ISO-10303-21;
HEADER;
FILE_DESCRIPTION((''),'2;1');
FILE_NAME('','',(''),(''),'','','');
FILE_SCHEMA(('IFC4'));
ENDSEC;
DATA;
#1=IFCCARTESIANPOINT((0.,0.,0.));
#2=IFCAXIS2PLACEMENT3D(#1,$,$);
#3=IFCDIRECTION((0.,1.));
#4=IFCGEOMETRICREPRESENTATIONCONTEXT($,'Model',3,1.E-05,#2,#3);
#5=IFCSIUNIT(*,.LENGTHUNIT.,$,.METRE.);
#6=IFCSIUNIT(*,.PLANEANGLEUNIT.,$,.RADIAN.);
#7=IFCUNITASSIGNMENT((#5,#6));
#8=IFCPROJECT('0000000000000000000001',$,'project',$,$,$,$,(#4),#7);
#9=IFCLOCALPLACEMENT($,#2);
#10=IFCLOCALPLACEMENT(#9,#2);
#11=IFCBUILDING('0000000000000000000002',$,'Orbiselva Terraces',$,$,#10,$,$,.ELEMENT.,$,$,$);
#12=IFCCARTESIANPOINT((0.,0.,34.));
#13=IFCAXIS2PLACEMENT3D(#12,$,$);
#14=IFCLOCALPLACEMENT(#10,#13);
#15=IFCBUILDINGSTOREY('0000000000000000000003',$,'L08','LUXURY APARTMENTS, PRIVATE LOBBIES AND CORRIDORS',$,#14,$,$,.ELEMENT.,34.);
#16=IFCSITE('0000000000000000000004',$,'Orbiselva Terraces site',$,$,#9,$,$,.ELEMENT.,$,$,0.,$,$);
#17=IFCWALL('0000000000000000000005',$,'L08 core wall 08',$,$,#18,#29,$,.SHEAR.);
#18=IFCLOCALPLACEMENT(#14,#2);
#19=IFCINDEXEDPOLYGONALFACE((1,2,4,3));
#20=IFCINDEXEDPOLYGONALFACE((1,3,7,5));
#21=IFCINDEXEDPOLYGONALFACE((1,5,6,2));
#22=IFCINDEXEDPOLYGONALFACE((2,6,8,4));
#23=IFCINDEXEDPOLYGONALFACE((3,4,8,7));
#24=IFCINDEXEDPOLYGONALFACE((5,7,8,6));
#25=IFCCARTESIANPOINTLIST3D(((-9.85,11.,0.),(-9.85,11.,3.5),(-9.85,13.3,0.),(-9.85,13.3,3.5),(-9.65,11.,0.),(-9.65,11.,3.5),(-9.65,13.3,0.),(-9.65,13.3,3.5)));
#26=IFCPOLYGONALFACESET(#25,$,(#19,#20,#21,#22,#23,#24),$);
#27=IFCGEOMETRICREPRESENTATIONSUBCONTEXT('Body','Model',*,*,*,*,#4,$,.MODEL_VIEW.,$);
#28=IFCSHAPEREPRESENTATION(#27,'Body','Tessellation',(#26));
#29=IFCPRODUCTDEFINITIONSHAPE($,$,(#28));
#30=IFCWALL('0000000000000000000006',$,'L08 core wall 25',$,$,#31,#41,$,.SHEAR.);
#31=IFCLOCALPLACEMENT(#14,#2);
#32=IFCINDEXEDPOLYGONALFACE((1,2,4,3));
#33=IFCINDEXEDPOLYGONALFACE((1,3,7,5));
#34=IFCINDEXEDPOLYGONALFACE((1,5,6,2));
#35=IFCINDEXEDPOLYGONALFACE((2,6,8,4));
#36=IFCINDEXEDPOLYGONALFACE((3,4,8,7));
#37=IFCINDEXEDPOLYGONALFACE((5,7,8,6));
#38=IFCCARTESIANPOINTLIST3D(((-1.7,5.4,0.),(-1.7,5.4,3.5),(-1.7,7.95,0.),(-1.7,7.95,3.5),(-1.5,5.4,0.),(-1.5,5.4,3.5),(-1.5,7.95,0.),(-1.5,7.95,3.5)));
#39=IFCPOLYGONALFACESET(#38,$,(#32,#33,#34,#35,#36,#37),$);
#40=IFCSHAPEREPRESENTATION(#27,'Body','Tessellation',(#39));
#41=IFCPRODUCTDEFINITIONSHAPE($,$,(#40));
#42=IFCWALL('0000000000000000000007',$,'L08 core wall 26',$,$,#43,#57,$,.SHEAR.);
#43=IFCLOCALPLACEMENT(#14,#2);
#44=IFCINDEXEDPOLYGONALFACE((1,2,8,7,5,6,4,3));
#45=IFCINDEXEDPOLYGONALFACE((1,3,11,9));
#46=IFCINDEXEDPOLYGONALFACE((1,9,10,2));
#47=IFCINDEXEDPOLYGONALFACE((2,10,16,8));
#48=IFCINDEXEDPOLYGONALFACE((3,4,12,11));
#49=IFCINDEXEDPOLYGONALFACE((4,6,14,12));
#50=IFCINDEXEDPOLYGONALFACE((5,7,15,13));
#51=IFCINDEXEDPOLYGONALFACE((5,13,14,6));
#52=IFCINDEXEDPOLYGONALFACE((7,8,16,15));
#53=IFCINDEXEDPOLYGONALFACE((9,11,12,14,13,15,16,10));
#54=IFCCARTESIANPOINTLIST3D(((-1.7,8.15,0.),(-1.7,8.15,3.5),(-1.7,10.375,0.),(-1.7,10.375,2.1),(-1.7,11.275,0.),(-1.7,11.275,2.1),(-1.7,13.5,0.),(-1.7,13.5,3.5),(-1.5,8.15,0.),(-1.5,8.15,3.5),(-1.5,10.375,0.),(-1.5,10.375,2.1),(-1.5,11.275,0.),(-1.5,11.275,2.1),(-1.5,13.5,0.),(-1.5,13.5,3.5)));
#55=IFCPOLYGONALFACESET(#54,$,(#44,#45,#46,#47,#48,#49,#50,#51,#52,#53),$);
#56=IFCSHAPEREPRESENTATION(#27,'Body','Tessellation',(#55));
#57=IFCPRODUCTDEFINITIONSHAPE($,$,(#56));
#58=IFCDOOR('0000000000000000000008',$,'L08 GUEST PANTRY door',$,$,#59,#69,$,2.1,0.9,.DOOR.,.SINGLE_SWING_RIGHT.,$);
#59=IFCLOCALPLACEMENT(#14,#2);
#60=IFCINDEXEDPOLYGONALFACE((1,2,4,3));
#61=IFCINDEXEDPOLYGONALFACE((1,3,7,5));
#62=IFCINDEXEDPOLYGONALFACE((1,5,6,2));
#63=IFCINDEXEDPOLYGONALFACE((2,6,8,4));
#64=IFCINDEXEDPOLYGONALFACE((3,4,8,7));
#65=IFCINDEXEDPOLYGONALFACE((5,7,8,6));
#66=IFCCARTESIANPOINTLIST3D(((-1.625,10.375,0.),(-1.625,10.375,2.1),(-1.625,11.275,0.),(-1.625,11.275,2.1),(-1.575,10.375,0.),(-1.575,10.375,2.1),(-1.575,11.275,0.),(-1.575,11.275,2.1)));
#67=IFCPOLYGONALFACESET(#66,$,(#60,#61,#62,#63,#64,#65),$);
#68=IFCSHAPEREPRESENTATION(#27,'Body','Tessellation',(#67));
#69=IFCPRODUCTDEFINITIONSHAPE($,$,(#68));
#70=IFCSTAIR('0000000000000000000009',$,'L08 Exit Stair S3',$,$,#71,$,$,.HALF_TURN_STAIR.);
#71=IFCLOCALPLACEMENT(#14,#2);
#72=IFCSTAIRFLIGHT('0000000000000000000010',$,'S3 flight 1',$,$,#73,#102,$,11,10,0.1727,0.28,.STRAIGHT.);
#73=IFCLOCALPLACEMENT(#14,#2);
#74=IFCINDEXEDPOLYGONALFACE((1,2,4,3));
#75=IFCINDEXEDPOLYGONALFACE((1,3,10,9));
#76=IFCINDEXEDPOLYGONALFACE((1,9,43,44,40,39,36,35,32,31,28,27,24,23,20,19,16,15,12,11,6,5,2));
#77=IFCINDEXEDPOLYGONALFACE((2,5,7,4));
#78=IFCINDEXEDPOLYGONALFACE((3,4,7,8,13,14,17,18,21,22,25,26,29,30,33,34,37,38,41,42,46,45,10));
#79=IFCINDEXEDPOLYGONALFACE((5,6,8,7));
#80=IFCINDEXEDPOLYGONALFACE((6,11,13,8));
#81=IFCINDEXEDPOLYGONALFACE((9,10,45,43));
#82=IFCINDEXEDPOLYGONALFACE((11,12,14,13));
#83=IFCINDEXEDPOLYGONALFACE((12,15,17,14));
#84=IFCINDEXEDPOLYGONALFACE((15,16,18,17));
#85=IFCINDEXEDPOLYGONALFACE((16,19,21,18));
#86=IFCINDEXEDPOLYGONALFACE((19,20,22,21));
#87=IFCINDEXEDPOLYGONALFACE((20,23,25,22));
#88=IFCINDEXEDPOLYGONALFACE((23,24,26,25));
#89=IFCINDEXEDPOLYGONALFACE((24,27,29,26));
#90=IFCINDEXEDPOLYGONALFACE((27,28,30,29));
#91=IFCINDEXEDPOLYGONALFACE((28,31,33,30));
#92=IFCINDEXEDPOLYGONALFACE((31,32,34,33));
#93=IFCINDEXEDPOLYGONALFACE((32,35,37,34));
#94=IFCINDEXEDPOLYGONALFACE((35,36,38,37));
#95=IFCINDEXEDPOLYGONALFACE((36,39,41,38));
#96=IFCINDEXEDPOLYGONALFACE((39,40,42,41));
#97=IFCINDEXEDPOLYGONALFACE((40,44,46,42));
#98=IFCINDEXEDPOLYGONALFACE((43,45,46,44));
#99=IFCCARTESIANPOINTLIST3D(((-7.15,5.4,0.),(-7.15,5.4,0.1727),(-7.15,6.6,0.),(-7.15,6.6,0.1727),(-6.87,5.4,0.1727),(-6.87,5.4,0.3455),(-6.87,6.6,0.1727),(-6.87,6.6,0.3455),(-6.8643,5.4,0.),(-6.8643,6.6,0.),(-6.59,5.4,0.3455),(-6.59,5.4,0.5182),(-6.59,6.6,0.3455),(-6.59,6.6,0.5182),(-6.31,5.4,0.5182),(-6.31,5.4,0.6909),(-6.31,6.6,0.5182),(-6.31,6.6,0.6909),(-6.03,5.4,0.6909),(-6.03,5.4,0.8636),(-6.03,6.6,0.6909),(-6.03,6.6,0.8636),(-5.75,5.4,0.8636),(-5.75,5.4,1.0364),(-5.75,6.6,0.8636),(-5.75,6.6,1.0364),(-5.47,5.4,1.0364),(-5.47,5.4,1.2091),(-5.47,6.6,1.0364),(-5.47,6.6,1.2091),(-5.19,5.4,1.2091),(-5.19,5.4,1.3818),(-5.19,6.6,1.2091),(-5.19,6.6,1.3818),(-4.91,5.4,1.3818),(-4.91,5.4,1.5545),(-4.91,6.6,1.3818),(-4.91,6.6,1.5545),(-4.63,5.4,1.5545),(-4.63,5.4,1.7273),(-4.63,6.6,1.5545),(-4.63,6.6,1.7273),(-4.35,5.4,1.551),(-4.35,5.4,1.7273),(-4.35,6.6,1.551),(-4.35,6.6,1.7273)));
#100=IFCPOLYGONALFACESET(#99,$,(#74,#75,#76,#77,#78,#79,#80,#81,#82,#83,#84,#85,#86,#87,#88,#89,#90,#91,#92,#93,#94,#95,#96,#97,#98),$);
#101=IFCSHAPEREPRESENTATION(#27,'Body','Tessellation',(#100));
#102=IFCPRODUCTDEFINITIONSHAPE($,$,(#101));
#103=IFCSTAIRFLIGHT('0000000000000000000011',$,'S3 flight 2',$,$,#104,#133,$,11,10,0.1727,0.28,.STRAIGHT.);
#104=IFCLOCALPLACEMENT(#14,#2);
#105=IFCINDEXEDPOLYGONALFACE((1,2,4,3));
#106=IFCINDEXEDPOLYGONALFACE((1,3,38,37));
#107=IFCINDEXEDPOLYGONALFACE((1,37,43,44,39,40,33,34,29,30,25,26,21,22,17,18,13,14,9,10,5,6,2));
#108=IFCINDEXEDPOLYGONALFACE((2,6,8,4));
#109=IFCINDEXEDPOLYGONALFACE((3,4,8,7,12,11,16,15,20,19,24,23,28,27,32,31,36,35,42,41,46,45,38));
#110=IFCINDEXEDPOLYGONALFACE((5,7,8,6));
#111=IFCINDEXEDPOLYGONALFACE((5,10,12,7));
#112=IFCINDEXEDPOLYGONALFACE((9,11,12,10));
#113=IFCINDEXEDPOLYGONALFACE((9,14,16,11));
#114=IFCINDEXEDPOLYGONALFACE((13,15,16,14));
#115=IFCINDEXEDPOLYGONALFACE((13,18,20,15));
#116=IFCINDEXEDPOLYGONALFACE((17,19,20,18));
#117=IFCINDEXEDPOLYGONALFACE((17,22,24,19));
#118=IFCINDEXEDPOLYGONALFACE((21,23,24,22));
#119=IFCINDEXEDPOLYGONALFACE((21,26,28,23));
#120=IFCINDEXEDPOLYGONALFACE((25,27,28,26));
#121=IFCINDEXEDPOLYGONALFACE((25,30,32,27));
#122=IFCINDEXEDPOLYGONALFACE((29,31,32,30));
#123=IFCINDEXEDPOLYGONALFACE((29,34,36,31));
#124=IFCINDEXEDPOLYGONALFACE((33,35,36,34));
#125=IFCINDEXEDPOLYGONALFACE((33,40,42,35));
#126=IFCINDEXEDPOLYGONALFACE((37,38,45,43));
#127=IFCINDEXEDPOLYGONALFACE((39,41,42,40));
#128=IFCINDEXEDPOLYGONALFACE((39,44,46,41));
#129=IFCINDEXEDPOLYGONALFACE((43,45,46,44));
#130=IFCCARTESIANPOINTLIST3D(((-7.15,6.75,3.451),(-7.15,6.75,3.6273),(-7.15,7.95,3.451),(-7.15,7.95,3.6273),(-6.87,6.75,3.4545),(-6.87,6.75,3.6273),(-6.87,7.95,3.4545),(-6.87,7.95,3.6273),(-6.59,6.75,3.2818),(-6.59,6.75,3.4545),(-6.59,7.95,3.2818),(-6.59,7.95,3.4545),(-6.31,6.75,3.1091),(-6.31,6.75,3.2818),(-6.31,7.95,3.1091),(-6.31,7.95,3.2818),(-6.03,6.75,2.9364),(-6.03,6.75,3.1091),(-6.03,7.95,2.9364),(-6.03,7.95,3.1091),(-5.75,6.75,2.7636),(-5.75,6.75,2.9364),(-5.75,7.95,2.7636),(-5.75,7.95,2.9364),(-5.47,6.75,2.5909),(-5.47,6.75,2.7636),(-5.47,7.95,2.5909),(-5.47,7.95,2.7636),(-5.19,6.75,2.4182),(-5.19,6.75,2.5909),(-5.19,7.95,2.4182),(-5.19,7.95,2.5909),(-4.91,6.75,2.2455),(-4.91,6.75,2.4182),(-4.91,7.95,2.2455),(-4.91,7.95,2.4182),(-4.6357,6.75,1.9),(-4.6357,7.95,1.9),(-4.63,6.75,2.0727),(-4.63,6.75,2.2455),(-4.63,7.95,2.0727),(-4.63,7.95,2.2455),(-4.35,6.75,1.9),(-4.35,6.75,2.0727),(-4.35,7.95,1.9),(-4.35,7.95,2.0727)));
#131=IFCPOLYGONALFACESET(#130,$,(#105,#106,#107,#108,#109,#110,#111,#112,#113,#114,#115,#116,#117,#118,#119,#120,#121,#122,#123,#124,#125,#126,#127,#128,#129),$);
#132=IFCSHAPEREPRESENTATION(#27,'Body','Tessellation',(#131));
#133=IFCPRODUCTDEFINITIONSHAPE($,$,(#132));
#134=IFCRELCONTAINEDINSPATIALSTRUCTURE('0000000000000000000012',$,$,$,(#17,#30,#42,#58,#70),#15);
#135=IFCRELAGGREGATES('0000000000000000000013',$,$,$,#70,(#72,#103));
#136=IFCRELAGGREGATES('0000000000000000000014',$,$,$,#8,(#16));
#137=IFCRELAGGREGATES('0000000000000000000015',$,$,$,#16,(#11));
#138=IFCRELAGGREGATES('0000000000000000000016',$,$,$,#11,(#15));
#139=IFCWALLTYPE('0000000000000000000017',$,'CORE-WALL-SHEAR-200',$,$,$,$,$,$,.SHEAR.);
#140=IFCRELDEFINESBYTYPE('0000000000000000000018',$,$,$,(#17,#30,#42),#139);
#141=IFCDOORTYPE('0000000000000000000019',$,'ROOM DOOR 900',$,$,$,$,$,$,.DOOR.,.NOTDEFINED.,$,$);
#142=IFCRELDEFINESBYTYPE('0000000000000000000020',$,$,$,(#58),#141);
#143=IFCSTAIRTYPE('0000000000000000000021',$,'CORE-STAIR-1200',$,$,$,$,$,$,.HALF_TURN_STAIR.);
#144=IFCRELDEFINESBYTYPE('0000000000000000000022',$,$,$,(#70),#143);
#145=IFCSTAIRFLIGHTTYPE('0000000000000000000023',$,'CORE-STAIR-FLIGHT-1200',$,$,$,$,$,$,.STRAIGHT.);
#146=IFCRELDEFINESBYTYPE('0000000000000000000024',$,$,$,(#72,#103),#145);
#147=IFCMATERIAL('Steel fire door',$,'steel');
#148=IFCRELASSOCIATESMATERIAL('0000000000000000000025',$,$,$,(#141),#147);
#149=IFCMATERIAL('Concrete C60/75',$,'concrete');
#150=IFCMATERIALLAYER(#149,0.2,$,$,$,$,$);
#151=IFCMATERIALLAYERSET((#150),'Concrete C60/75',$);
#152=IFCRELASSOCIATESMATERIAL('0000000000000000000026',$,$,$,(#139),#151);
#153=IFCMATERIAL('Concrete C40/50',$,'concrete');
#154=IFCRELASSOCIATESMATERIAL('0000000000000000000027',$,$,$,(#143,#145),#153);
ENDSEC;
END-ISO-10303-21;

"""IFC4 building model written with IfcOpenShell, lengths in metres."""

from ifc_helpers import new_model, si_unit, direction, frame, frame_2d, origin, place, context, subcontext, project, spatial, polyline, rectangle, outline, extrude, material, layer, layer_set, type_object, element, fill, aggregate, save


model = new_model("IFC4")

# Units and contexts
model_context = context("Model", 3, precision=1e-05, world=origin(), true_north=direction((0.0, 1.0)))
body_context = subcontext(model_context, "Body", "Model", "MODEL_VIEW")
ifc_project = project(units=[si_unit("LENGTHUNIT", "METRE"), si_unit("PLANEANGLEUNIT", "RADIAN")], contexts=[model_context])

# Site, building, storey
site_placement = place(None, origin())
site = spatial("IfcSite", under=ifc_project, at=site_placement, Name="Orbiselva Terraces site", CompositionType="ELEMENT", RefElevation=0.0)
building_placement = place(site_placement, origin())
building = spatial("IfcBuilding", under=site, at=building_placement, Name="Orbiselva Terraces", CompositionType="ELEMENT")
storey_placement = place(building_placement, frame((0.0, 0.0, 34.0)))
storey = spatial("IfcBuildingStorey", under=building, at=storey_placement, Name="L08", Description="LUXURY APARTMENTS, PRIVATE LOBBIES AND CORRIDORS", CompositionType="ELEMENT", Elevation=34.0)

# Shared definitions
ifc_material_1 = material(Name="Steel fire door", Category="steel")
door_type = type_object("IfcDoorType", Name="ROOM DOOR 900", OperationType="NOTDEFINED", PredefinedType="DOOR", material=ifc_material_1)

# Shared definitions
ifc_material_2 = material(Name="Concrete C60/75", Category="concrete")
ifc_layer_1 = layer(ifc_material_2, 0.2)
ifc_layer_set_1 = layer_set([ifc_layer_1], Name="Concrete C60/75")
wall_type_1 = type_object("IfcWallType", Name="CORE-WALL-SHEAR-200", PredefinedType="SHEAR", material=ifc_layer_set_1)

# Walls
wall_1_placement = place(storey_placement, frame((-9.75, 11.0, 0.0), z_axis=(0.0, 0.0, 1.0), x_axis=(0.0, 1.0, 0.0)))
element("IfcWall", 1, at=wall_1_placement, inside=storey, type_object=wall_type_1, Name="L08 core wall 08", PredefinedType="SHEAR", context=body_context, shape_type="SweptSolid", body=[
    extrude(rectangle(XDim=2.3, YDim=0.2, at=frame_2d((1.15, 0.0))), origin(), (0.0, 0.0, 1.0), 3.5),
])
wall_2_placement = place(storey_placement, frame((-1.6, 5.4, 0.0), z_axis=(0.0, 0.0, 1.0), x_axis=(0.0, 1.0, 0.0)))
element("IfcWall", 2, at=wall_2_placement, inside=storey, type_object=wall_type_1, Name="L08 core wall 25", PredefinedType="SHEAR", context=body_context, shape_type="SweptSolid", body=[
    extrude(rectangle(XDim=2.55, YDim=0.2, at=frame_2d((1.275, 0.0))), origin(), (0.0, 0.0, 1.0), 3.5),
])

# Wall, opening, door
wall_3_placement = place(storey_placement, frame((-1.6, 8.15, 0.0), z_axis=(0.0, 0.0, 1.0), x_axis=(0.0, 1.0, 0.0)))
wall_3 = element("IfcWall", 3, at=wall_3_placement, inside=storey, type_object=wall_type_1, Name="L08 core wall 26", PredefinedType="SHEAR", context=body_context, shape_type="SweptSolid", body=[
    extrude(rectangle(XDim=5.35, YDim=0.2, at=frame_2d((2.675, 0.0))), origin(), (0.0, 0.0, 1.0), 3.5),
])
opening_1_placement = place(wall_3_placement, frame((2.225, 0.0, 0.0)))
opening_1 = element("IfcOpeningElement", 4, at=opening_1_placement, cuts=wall_3, PredefinedType="OPENING", context=body_context, shape_type="SweptSolid", body=[
    extrude(rectangle(XDim=0.9, YDim=2.1, at=frame_2d((0.45, 1.05))), frame((0.0, 0.11, 0.0), z_axis=(0.0, -1.0, 0.0), x_axis=(1.0, 0.0, 0.0)), (0.0, 0.0, 1.0), 0.22),
])
door_1_placement = place(opening_1_placement, origin())
door_1 = element("IfcDoor", 5, at=door_1_placement, inside=storey, type_object=door_type, Name="L08 GUEST PANTRY door", OperationType="SINGLE_SWING_RIGHT", OverallHeight=2.1, OverallWidth=0.9, PredefinedType="DOOR", context=body_context, shape_type="SweptSolid", body=[
    extrude(rectangle(XDim=0.9, YDim=2.1, at=frame_2d((0.45, 1.05))), frame((0.0, 0.025, 0.0), z_axis=(0.0, -1.0, 0.0), x_axis=(1.0, 0.0, 0.0)), (0.0, 0.0, 1.0), 0.05),
])
fill(opening_1, door_1)

# Stair, stair flights
ifc_material_3 = material(Name="Concrete C40/50", Category="concrete")
stair_type = type_object("IfcStairType", Name="CORE-STAIR-1200", PredefinedType="HALF_TURN_STAIR", material=ifc_material_3)
stair_placement = place(storey_placement, origin())
stair = element("IfcStair", 6, at=stair_placement, inside=storey, type_object=stair_type, Name="L08 Exit Stair S3", PredefinedType="HALF_TURN_STAIR")
stair_flight_type = type_object("IfcStairFlightType", Name="CORE-STAIR-FLIGHT-1200", PredefinedType="STRAIGHT", material=ifc_material_3)
stair_flight_1_placement = place(storey_placement, frame((-7.15, 6.0, 0.0), z_axis=(0.0, 0.0, 1.0), x_axis=(1.0, 0.0, 0.0)))
stair_flight_1 = element("IfcStairFlight", 7, at=stair_flight_1_placement, type_object=stair_flight_type, Name="S3 flight 1", NumberOfRisers=11, NumberOfTreads=10, PredefinedType="STRAIGHT", RiserHeight=0.1727, TreadLength=0.28, context=body_context, shape_type="SweptSolid", body=[
    extrude(outline(polyline([(0.0, 0.0), (0.0, 0.1727), (0.28, 0.1727), (0.28, 0.3455), (0.56, 0.3455), (0.56, 0.5182), (0.84, 0.5182), (0.84, 0.6909), (1.12, 0.6909), (1.12, 0.8636), (1.4, 0.8636), (1.4, 1.0364), (1.68, 1.0364), (1.68, 1.2091), (1.96, 1.2091), (1.96, 1.3818), (2.24, 1.3818), (2.24, 1.5545), (2.52, 1.5545), (2.52, 1.7273), (2.8, 1.7273), (2.8, 1.9), (2.8, 1.551), (0.2857, 0.0), (0.0, 0.0)])), frame((0.0, 0.6, 0.0), z_axis=(0.0, -1.0, 0.0), x_axis=(1.0, 0.0, 0.0)), (0.0, 0.0, 1.0), 1.2),
])
stair_flight_2_placement = place(storey_placement, frame((-4.35, 7.35, 1.9), z_axis=(0.0, 0.0, 1.0), x_axis=(-1.0, 0.0, 0.0)))
stair_flight_2 = element("IfcStairFlight", 8, at=stair_flight_2_placement, type_object=stair_flight_type, Name="S3 flight 2", NumberOfRisers=11, NumberOfTreads=10, PredefinedType="STRAIGHT", RiserHeight=0.1727, TreadLength=0.28, context=body_context, shape_type="SweptSolid", body=[
    extrude(outline(polyline([(0.0, 0.0), (0.0, 0.1727), (0.28, 0.1727), (0.28, 0.3455), (0.56, 0.3455), (0.56, 0.5182), (0.84, 0.5182), (0.84, 0.6909), (1.12, 0.6909), (1.12, 0.8636), (1.4, 0.8636), (1.4, 1.0364), (1.68, 1.0364), (1.68, 1.2091), (1.96, 1.2091), (1.96, 1.3818), (2.24, 1.3818), (2.24, 1.5545), (2.52, 1.5545), (2.52, 1.7273), (2.8, 1.7273), (2.8, 1.9), (2.8, 1.551), (0.2857, 0.0), (0.0, 0.0)])), frame((0.0, 0.6, 0.0), z_axis=(0.0, -1.0, 0.0), x_axis=(1.0, 0.0, 0.0)), (0.0, 0.0, 1.0), 1.2),
])
aggregate(stair, [stair_flight_1, stair_flight_2])

save(model, "model.ifc")
